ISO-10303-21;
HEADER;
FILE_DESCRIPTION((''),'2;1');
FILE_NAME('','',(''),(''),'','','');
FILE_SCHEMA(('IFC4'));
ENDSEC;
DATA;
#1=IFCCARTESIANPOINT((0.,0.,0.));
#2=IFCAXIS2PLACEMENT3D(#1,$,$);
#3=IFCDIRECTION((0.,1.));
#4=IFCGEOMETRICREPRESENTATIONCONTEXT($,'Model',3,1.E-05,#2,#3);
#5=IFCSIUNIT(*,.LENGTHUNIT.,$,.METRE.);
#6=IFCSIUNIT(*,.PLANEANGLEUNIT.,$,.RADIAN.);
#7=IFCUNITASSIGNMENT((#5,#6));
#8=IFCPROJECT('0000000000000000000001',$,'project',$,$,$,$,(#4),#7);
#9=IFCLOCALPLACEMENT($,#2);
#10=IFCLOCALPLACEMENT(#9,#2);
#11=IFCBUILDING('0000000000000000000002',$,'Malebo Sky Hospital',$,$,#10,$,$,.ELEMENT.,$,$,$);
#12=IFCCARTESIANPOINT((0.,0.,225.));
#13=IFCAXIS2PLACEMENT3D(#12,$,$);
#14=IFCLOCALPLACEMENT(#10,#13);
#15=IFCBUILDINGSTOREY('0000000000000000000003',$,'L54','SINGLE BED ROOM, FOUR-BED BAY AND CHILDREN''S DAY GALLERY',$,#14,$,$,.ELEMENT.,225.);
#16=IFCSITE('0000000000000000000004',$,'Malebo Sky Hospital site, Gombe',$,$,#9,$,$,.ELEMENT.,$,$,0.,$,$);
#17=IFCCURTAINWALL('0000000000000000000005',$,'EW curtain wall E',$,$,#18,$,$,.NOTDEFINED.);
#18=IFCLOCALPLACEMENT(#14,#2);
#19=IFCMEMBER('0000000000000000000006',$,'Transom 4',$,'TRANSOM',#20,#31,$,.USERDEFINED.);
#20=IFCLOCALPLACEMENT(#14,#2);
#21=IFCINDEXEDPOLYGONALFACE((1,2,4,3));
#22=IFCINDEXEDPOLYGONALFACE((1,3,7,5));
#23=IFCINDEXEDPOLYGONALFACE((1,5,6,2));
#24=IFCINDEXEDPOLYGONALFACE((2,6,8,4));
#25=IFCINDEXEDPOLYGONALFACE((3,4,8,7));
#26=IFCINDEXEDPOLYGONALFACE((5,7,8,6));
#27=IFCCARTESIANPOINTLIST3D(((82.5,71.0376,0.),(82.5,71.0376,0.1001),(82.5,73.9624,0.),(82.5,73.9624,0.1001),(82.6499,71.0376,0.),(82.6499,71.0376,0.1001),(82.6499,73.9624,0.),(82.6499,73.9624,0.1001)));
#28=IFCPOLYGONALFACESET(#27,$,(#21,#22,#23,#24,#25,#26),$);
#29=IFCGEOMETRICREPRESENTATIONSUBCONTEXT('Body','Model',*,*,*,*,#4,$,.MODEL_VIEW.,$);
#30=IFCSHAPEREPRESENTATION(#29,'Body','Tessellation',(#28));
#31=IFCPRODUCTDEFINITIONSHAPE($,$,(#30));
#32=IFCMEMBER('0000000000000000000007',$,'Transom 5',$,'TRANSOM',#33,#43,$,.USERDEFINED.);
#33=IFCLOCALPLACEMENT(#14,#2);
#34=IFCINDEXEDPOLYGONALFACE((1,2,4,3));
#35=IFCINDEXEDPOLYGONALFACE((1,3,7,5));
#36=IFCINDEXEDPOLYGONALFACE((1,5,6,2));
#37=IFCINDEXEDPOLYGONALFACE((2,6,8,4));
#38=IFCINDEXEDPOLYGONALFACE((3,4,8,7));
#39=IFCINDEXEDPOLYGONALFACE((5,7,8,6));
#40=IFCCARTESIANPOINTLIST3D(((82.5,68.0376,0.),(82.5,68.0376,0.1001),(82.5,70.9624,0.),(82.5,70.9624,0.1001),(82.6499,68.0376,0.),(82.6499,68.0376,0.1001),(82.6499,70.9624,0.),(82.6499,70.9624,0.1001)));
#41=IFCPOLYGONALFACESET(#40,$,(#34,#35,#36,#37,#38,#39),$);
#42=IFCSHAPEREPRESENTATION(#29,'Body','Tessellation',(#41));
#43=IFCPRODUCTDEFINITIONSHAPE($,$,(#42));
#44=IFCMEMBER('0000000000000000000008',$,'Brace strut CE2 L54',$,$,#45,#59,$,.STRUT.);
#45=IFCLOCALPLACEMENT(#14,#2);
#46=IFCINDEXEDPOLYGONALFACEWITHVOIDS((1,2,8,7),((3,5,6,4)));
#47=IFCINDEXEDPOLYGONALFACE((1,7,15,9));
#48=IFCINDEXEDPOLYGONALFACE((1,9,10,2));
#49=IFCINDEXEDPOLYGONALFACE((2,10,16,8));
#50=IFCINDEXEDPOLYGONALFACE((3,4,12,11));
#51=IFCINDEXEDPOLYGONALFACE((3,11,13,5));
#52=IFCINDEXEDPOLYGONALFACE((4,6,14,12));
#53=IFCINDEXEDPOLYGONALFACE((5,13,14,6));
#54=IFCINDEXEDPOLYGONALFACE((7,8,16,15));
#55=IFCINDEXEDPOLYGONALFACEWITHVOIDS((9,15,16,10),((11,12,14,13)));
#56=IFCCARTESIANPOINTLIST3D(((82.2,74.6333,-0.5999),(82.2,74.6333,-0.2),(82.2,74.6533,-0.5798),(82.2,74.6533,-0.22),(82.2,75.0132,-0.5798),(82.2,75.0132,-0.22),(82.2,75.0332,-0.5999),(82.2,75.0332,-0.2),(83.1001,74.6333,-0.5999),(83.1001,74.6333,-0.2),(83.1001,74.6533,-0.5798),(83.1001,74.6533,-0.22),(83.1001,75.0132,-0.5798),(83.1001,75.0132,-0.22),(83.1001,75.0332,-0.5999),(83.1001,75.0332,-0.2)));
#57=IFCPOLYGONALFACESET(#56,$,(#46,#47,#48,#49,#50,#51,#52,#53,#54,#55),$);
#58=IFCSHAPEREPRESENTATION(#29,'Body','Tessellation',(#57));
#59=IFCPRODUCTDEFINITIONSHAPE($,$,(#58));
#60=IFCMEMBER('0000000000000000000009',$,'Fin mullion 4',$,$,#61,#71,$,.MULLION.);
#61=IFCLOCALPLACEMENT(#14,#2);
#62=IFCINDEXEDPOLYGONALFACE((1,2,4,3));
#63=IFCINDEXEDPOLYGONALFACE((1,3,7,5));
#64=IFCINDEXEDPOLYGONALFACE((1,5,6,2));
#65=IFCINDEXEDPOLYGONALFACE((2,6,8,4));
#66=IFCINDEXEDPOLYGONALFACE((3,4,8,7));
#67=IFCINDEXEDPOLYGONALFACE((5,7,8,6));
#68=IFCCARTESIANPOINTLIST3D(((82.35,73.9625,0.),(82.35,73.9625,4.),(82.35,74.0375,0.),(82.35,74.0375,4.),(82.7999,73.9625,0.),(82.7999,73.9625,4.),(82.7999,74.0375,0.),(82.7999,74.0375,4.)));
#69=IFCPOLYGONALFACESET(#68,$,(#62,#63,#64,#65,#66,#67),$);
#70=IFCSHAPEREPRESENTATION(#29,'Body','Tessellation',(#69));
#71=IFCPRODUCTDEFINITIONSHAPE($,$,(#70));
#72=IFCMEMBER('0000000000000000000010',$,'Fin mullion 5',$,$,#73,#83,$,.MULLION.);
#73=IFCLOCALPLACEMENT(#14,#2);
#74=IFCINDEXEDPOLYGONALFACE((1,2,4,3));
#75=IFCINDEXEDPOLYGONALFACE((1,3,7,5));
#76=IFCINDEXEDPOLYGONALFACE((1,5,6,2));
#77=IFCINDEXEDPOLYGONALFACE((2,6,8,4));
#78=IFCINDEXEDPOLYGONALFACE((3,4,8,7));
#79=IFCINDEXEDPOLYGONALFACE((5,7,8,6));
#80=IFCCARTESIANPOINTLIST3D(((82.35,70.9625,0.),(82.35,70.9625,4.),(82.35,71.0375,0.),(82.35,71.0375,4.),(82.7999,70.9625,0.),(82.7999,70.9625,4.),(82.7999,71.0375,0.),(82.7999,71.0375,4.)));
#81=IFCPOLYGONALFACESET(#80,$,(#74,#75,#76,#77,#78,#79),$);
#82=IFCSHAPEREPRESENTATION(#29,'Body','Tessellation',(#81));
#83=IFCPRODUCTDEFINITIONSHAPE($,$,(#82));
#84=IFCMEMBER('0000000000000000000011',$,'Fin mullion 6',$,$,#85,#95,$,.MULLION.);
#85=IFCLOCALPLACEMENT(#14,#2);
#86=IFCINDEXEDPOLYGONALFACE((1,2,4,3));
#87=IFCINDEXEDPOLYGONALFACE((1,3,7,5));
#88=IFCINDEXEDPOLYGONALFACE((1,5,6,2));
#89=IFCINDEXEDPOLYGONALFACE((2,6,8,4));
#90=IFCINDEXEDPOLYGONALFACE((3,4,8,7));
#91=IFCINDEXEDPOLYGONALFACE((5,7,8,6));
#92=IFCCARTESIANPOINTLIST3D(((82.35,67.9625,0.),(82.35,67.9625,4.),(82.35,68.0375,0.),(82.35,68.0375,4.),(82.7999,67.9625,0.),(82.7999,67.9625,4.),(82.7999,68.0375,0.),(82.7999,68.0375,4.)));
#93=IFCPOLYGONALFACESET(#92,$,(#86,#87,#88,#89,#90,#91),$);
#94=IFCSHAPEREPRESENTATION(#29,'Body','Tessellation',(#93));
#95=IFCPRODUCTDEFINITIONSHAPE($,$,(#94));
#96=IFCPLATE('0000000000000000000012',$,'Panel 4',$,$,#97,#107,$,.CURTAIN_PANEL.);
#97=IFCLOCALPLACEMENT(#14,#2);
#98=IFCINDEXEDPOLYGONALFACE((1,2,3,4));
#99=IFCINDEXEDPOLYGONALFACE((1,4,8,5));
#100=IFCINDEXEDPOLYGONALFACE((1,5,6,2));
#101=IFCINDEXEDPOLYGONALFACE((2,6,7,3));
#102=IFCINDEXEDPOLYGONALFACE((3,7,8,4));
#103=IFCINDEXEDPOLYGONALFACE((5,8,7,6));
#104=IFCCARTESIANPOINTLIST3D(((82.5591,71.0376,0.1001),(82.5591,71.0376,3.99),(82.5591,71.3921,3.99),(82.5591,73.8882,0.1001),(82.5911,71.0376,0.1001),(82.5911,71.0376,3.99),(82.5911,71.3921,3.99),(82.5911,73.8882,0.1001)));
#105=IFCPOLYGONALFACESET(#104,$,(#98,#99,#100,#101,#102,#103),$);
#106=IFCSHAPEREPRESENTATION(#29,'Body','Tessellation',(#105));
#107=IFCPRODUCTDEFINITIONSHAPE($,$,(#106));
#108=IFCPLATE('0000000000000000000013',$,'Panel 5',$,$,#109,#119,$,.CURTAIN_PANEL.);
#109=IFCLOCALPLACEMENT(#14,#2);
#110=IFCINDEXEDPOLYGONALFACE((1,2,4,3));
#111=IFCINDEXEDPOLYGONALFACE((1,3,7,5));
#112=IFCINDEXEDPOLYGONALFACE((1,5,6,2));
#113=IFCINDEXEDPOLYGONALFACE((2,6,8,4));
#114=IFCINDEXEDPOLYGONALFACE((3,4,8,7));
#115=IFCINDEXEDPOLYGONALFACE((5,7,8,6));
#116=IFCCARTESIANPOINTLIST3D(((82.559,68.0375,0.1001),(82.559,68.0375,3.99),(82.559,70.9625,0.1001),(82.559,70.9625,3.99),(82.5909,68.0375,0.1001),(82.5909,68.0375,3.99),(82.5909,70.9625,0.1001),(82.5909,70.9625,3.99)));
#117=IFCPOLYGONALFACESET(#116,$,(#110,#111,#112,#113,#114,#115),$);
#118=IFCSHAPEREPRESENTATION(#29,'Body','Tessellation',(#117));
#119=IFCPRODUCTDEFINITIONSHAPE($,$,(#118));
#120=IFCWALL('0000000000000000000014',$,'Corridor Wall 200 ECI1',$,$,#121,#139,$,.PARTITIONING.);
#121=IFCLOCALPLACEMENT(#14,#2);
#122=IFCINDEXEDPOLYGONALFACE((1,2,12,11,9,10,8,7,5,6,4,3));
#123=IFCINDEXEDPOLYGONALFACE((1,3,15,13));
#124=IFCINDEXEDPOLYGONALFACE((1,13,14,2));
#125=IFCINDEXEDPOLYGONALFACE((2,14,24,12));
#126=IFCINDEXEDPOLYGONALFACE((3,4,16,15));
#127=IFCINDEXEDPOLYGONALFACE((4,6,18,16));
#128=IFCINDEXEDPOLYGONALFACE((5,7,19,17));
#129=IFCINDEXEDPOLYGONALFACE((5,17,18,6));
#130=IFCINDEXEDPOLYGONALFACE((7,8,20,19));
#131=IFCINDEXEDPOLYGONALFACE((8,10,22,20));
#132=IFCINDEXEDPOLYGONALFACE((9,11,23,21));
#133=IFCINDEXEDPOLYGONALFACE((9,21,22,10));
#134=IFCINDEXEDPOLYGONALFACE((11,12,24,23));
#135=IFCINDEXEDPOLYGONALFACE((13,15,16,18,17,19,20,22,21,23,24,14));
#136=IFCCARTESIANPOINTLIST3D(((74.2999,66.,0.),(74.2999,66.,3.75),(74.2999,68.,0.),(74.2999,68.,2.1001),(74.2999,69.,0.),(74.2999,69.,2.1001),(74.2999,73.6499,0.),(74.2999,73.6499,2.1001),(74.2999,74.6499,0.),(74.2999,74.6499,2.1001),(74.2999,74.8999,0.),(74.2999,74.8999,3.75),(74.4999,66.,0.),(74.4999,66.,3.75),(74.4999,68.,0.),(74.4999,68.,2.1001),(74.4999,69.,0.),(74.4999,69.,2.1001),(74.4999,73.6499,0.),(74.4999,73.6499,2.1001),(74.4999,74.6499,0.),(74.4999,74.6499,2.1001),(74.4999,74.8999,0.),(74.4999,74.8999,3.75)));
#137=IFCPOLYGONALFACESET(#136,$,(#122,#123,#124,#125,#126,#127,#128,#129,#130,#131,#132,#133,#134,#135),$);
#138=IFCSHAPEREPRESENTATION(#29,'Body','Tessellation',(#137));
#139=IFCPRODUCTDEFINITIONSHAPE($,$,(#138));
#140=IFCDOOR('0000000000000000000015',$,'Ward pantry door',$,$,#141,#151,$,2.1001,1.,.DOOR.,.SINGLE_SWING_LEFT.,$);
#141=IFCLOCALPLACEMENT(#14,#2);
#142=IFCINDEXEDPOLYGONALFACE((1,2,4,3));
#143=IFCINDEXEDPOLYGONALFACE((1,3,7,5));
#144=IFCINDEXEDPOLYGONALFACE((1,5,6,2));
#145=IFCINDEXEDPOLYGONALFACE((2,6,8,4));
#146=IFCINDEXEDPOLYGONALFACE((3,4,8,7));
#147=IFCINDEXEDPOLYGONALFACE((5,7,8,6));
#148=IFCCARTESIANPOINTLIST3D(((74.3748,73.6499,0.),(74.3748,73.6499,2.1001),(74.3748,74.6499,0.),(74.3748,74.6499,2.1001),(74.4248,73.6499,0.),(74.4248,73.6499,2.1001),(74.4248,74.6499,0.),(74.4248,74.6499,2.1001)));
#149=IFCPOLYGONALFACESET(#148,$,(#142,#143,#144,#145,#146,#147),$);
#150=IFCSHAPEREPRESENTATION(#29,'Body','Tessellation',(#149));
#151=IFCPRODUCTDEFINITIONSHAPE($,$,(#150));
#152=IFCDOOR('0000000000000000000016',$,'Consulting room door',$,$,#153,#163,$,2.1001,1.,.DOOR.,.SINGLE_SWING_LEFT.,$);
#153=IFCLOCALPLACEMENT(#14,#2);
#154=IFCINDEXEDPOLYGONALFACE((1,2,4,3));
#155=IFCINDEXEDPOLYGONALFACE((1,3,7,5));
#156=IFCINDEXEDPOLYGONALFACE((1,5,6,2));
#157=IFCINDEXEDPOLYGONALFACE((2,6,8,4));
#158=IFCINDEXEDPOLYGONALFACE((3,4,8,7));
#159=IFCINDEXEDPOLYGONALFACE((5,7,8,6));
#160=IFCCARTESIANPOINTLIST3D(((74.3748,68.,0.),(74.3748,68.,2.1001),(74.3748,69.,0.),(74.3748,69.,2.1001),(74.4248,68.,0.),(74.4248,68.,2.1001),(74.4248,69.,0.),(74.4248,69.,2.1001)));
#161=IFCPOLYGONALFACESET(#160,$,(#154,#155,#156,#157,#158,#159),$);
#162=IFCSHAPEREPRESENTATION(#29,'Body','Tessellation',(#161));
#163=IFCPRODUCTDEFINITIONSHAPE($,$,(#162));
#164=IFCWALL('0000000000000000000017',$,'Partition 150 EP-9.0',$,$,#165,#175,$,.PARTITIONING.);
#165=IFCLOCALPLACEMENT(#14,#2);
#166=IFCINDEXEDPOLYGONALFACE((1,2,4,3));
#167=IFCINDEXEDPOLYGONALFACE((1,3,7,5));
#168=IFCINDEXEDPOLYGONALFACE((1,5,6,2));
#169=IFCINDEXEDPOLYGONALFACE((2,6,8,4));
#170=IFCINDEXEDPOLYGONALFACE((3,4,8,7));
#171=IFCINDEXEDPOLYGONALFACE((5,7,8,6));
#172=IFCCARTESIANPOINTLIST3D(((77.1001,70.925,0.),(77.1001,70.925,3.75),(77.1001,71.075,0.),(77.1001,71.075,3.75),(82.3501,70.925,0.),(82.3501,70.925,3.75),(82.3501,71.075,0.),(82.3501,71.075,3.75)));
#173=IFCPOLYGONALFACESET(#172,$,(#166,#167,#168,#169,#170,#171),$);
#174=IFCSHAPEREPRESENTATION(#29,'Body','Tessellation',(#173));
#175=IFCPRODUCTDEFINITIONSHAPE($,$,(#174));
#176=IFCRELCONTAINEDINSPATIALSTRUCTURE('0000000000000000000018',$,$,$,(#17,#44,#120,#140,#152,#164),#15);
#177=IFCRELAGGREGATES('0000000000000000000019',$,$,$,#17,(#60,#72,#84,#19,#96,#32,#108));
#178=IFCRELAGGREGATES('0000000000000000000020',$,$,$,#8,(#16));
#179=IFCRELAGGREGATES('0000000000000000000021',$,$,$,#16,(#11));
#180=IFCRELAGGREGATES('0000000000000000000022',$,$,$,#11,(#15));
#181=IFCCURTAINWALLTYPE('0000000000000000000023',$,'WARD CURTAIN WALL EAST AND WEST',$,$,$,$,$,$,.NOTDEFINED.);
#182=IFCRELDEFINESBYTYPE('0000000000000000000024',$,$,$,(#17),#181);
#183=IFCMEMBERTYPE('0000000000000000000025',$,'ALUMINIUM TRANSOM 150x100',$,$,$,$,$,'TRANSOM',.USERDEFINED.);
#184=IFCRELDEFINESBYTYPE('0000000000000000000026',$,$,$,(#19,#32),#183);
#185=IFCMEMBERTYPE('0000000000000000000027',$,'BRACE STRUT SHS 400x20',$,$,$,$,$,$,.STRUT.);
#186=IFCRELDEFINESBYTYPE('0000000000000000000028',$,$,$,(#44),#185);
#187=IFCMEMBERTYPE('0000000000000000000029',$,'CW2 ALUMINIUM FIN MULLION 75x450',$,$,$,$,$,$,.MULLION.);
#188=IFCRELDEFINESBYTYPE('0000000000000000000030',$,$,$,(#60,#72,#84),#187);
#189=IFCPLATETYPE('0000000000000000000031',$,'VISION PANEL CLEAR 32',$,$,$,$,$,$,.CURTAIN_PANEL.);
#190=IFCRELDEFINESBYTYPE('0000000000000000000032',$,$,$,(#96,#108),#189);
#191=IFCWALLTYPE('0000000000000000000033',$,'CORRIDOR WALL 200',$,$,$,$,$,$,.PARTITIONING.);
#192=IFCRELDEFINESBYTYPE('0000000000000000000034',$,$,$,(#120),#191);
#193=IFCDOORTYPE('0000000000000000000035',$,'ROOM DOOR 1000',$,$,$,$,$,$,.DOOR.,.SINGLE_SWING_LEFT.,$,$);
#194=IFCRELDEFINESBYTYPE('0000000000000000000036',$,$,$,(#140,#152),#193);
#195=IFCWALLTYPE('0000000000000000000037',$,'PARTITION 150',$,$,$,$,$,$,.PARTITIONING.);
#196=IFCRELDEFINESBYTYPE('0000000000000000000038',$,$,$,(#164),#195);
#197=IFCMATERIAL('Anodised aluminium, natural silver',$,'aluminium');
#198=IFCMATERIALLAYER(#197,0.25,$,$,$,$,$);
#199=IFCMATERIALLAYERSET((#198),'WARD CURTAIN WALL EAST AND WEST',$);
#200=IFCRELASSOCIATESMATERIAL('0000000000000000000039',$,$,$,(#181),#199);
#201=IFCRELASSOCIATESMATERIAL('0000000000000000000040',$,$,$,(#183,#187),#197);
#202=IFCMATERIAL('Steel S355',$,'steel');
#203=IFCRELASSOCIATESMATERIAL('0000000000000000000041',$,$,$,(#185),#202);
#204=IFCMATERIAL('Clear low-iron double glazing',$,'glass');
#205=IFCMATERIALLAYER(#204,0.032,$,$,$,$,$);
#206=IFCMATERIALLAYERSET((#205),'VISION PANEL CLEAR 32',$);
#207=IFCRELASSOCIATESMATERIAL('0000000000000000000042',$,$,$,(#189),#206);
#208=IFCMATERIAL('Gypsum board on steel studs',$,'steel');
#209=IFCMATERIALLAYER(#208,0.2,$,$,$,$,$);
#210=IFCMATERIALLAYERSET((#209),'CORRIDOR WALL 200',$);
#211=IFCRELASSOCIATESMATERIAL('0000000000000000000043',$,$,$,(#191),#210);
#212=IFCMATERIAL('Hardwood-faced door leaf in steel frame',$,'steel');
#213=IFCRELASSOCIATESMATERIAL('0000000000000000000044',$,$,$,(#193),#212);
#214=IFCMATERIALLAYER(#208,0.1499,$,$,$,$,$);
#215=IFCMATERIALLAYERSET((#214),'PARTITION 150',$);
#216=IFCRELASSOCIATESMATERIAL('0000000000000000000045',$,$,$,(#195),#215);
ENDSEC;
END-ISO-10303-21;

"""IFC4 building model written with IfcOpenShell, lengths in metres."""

from ifc_helpers import new_model, si_unit, direction, frame, frame_2d, origin, origin_2d, place, context, subcontext, project, spatial, polyline, rectangle, hollow_rectangle, outline, extrude, material, layer, layer_set, material_profile, profile_set, type_object, element, fill, aggregate, save


model = new_model("IFC4")

# Units and contexts
model_context = context("Model", 3, precision=1e-05, world=origin(), true_north=direction((0.0, 1.0)))
body_context = subcontext(model_context, "Body", "Model", "MODEL_VIEW")
ifc_project = project(units=[si_unit("LENGTHUNIT", "METRE"), si_unit("PLANEANGLEUNIT", "RADIAN")], contexts=[model_context])

# Site, building, storey
site_placement = place(None, origin())
site = spatial("IfcSite", under=ifc_project, at=site_placement, Name="Malebo Sky Hospital site, Gombe", CompositionType="ELEMENT", RefElevation=0.0)
building_placement = place(site_placement, origin())
building = spatial("IfcBuilding", under=site, at=building_placement, Name="Malebo Sky Hospital", CompositionType="ELEMENT")
storey_placement = place(building_placement, frame((0.0, 0.0, 225.0)))
storey = spatial("IfcBuildingStorey", under=building, at=storey_placement, Name="L54", Description="SINGLE BED ROOM, FOUR-BED BAY AND CHILDREN'S DAY GALLERY", CompositionType="ELEMENT", Elevation=225.0)

# Curtain wall, members
ifc_material_1 = material(Name="Anodised aluminium, natural silver", Category="aluminium")
ifc_layer_1 = layer(ifc_material_1, 0.25)
ifc_layer_set_1 = layer_set([ifc_layer_1], Name="WARD CURTAIN WALL EAST AND WEST")
curtain_wall_type = type_object("IfcCurtainWallType", Name="WARD CURTAIN WALL EAST AND WEST", PredefinedType="NOTDEFINED", material=ifc_layer_set_1)
curtain_wall_placement = place(storey_placement, origin())
curtain_wall = element("IfcCurtainWall", 1, at=curtain_wall_placement, inside=storey, type_object=curtain_wall_type, Name="EW curtain wall E", PredefinedType="NOTDEFINED")
ifc_material_profile_1 = material_profile(ifc_material_1, rectangle(XDim=0.1499, YDim=0.1001, at=origin_2d()), Name="ALUMINIUM TRANSOM 150x100")
ifc_profile_set_1 = profile_set([ifc_material_profile_1], Name="Anodised aluminium, natural silver")
member_type_1 = type_object("IfcMemberType", Name="ALUMINIUM TRANSOM 150x100", ElementType="TRANSOM", PredefinedType="USERDEFINED", material=ifc_profile_set_1)
member_1_placement = place(storey_placement, frame((82.575, 73.9624, 0.05), z_axis=(0.0, -1.0, 0.0), x_axis=(1.0, 0.0, 0.0)))
member_1 = element("IfcMember", 2, at=member_1_placement, type_object=member_type_1, Name="Transom 4", ObjectType="TRANSOM", PredefinedType="USERDEFINED", context=body_context, shape_type="SweptSolid", body=[
    extrude(rectangle(XDim=0.1499, YDim=0.1001, at=origin_2d()), origin(), (0.0, 0.0, 1.0), 2.9248),
])
member_2_placement = place(storey_placement, frame((82.575, 70.9624, 0.05), z_axis=(0.0, -1.0, 0.0), x_axis=(1.0, 0.0, 0.0)))
member_2 = element("IfcMember", 3, at=member_2_placement, type_object=member_type_1, Name="Transom 5", ObjectType="TRANSOM", PredefinedType="USERDEFINED", context=body_context, shape_type="SweptSolid", body=[
    extrude(rectangle(XDim=0.1499, YDim=0.1001, at=origin_2d()), origin(), (0.0, 0.0, 1.0), 2.9248),
])

# Members
ifc_material_2 = material(Name="Steel S355", Category="steel")
ifc_material_profile_2 = material_profile(ifc_material_2, hollow_rectangle(XDim=0.3999, YDim=0.3999, WallThickness=0.02, at=origin_2d()), Name="SHS 400x20")
ifc_profile_set_2 = profile_set([ifc_material_profile_2], Name="Steel S355")
member_type_2 = type_object("IfcMemberType", Name="BRACE STRUT SHS 400x20", PredefinedType="STRUT", material=ifc_profile_set_2)
member_3_placement = place(storey_placement, frame((83.1001, 74.8333, -0.3999), z_axis=(-1.0, 0.0, 0.0), x_axis=(0.0, -1.0, 0.0)))
element("IfcMember", 4, at=member_3_placement, inside=storey, type_object=member_type_2, Name="Brace strut CE2 L54", PredefinedType="STRUT", context=body_context, shape_type="SweptSolid", body=[
    extrude(hollow_rectangle(XDim=0.3999, YDim=0.3999, WallThickness=0.02, at=origin_2d()), origin(), (0.0, 0.0, 1.0), 0.9001),
])
ifc_material_profile_3 = material_profile(ifc_material_1, rectangle(XDim=0.075, YDim=0.45, at=origin_2d()), Name="CW2 ALUMINIUM FIN MULLION 75x450")
ifc_profile_set_3 = profile_set([ifc_material_profile_3], Name="Anodised aluminium, natural silver")
member_type_3 = type_object("IfcMemberType", Name="CW2 ALUMINIUM FIN MULLION 75x450", PredefinedType="MULLION", material=ifc_profile_set_3)
member_4_placement = place(storey_placement, frame((82.575, 74.0, 0.0), z_axis=(0.0, 0.0, 1.0), x_axis=(0.0, -1.0, 0.0)))
member_4 = element("IfcMember", 5, at=member_4_placement, type_object=member_type_3, Name="Fin mullion 4", PredefinedType="MULLION", context=body_context, shape_type="SweptSolid", body=[
    extrude(rectangle(XDim=0.075, YDim=0.45, at=origin_2d()), origin(), (0.0, 0.0, 1.0), 4.0),
])
member_5_placement = place(storey_placement, frame((82.575, 71.0, 0.0), z_axis=(0.0, 0.0, 1.0), x_axis=(0.0, -1.0, 0.0)))
member_5 = element("IfcMember", 6, at=member_5_placement, type_object=member_type_3, Name="Fin mullion 5", PredefinedType="MULLION", context=body_context, shape_type="SweptSolid", body=[
    extrude(rectangle(XDim=0.075, YDim=0.45, at=origin_2d()), origin(), (0.0, 0.0, 1.0), 4.0),
])
member_6_placement = place(storey_placement, frame((82.575, 68.0, 0.0), z_axis=(0.0, 0.0, 1.0), x_axis=(0.0, -1.0, 0.0)))
member_6 = element("IfcMember", 7, at=member_6_placement, type_object=member_type_3, Name="Fin mullion 6", PredefinedType="MULLION", context=body_context, shape_type="SweptSolid", body=[
    extrude(rectangle(XDim=0.075, YDim=0.45, at=origin_2d()), origin(), (0.0, 0.0, 1.0), 4.0),
])

# Plates
ifc_material_3 = material(Name="Clear low-iron double glazing", Category="glass")
ifc_layer_2 = layer(ifc_material_3, 0.032)
ifc_layer_set_2 = layer_set([ifc_layer_2], Name="VISION PANEL CLEAR 32")
plate_type = type_object("IfcPlateType", Name="VISION PANEL CLEAR 32", PredefinedType="CURTAIN_PANEL", material=ifc_layer_set_2)
plate_1_placement = place(storey_placement, frame((82.575, 72.4629, 0.1001), z_axis=(0.0, 0.0, 1.0), x_axis=(0.0, -1.0, 0.0)))
plate_1 = element("IfcPlate", 8, at=plate_1_placement, type_object=plate_type, Name="Panel 4", PredefinedType="CURTAIN_PANEL", context=body_context, shape_type="SweptSolid", body=[
    extrude(outline(polyline([(-1.4253, 0.0), (1.4253, 0.0), (1.4253, 3.8899), (1.0708, 3.8899), (-1.4253, 0.0)])), frame((0.0, 0.0161, 0.0), z_axis=(0.0, -1.0, 0.0), x_axis=(1.0, 0.0, 0.0)), (0.0, 0.0, 1.0), 0.032),
])
plate_2_placement = place(storey_placement, frame((82.575, 69.5, 0.1001), z_axis=(0.0, 0.0, 1.0), x_axis=(0.0, -1.0, 0.0)))
plate_2 = element("IfcPlate", 9, at=plate_2_placement, type_object=plate_type, Name="Panel 5", PredefinedType="CURTAIN_PANEL", context=body_context, shape_type="SweptSolid", body=[
    extrude(rectangle(XDim=2.925, YDim=0.032, at=origin_2d()), origin(), (0.0, 0.0, 1.0), 3.8899),
])
aggregate(curtain_wall, [member_4, member_5, member_6, member_1, plate_1, member_2, plate_2])

# Wall, openings, doors
ifc_material_4 = material(Name="Gypsum board on steel studs", Category="steel")
ifc_layer_3 = layer(ifc_material_4, 0.2)
ifc_layer_set_3 = layer_set([ifc_layer_3], Name="CORRIDOR WALL 200")
wall_type_1 = type_object("IfcWallType", Name="CORRIDOR WALL 200", PredefinedType="PARTITIONING", material=ifc_layer_set_3)
wall_1_placement = place(storey_placement, frame((74.3999, 74.8999, 0.0), z_axis=(0.0, 0.0, 1.0), x_axis=(0.0, -1.0, 0.0)))
wall_1 = element("IfcWall", 10, at=wall_1_placement, inside=storey, type_object=wall_type_1, Name="Corridor Wall 200 ECI1", PredefinedType="PARTITIONING", context=body_context, shape_type="SweptSolid", body=[
    extrude(rectangle(XDim=8.8999, YDim=0.2, at=frame_2d((4.45, 0.0))), origin(), (0.0, 0.0, 1.0), 3.75),
])
opening_1_placement = place(wall_1_placement, frame((0.25, 0.0, 0.0)))
opening_1 = element("IfcOpeningElement", 11, at=opening_1_placement, cuts=wall_1, PredefinedType="OPENING", context=body_context, shape_type="SweptSolid", body=[
    extrude(rectangle(XDim=1.0, YDim=2.1001, at=frame_2d((0.5, 1.05))), frame((0.0, 0.1099, 0.0), z_axis=(0.0, -1.0, 0.0), x_axis=(1.0, 0.0, 0.0)), (0.0, 0.0, 1.0), 0.22),
])
opening_2_placement = place(wall_1_placement, frame((5.8999, 0.0, 0.0)))
opening_2 = element("IfcOpeningElement", 12, at=opening_2_placement, cuts=wall_1, PredefinedType="OPENING", context=body_context, shape_type="SweptSolid", body=[
    extrude(rectangle(XDim=1.0, YDim=2.1001, at=frame_2d((0.5, 1.05))), frame((0.0, 0.1099, 0.0), z_axis=(0.0, -1.0, 0.0), x_axis=(1.0, 0.0, 0.0)), (0.0, 0.0, 1.0), 0.22),
])
ifc_material_5 = material(Name="Hardwood-faced door leaf in steel frame", Category="steel")
door_type_1 = type_object("IfcDoorType", Name="ROOM DOOR 1000", OperationType="SINGLE_SWING_LEFT", PredefinedType="DOOR", material=ifc_material_5)
door_1_placement = place(opening_1_placement, origin())
door_1 = element("IfcDoor", 13, at=door_1_placement, inside=storey, type_object=door_type_1, Name="Ward pantry door", OperationType="SINGLE_SWING_LEFT", OverallHeight=2.1001, OverallWidth=1.0, PredefinedType="DOOR", context=body_context, shape_type="SweptSolid", body=[
    extrude(rectangle(XDim=1.0, YDim=2.1001, at=frame_2d((0.5, 1.05))), frame((0.0, 0.0249, 0.0), z_axis=(0.0, -1.0, 0.0), x_axis=(1.0, 0.0, 0.0)), (0.0, 0.0, 1.0), 0.05),
])
fill(opening_1, door_1)
door_2_placement = place(opening_2_placement, origin())
door_2 = element("IfcDoor", 14, at=door_2_placement, inside=storey, type_object=door_type_1, Name="Consulting room door", OperationType="SINGLE_SWING_LEFT", OverallHeight=2.1001, OverallWidth=1.0, PredefinedType="DOOR", context=body_context, shape_type="SweptSolid", body=[
    extrude(rectangle(XDim=1.0, YDim=2.1001, at=frame_2d((0.5, 1.05))), frame((0.0, 0.0249, 0.0), z_axis=(0.0, -1.0, 0.0), x_axis=(1.0, 0.0, 0.0)), (0.0, 0.0, 1.0), 0.05),
])
fill(opening_2, door_2)

# Wall
ifc_layer_4 = layer(ifc_material_4, 0.1499)
ifc_layer_set_4 = layer_set([ifc_layer_4], Name="PARTITION 150")
wall_type_2 = type_object("IfcWallType", Name="PARTITION 150", PredefinedType="PARTITIONING", material=ifc_layer_set_4)
wall_2_placement = place(storey_placement, frame((77.1001, 71.0, 0.0), z_axis=(0.0, 0.0, 1.0), x_axis=(1.0, 0.0, 0.0)))
element("IfcWall", 15, at=wall_2_placement, inside=storey, type_object=wall_type_2, Name="Partition 150 EP-9.0", PredefinedType="PARTITIONING", context=body_context, shape_type="SweptSolid", body=[
    extrude(rectangle(XDim=5.25, YDim=0.1499, at=frame_2d((2.625, 0.0))), origin(), (0.0, 0.0, 1.0), 3.75),
])

save(model, "model.ifc")
